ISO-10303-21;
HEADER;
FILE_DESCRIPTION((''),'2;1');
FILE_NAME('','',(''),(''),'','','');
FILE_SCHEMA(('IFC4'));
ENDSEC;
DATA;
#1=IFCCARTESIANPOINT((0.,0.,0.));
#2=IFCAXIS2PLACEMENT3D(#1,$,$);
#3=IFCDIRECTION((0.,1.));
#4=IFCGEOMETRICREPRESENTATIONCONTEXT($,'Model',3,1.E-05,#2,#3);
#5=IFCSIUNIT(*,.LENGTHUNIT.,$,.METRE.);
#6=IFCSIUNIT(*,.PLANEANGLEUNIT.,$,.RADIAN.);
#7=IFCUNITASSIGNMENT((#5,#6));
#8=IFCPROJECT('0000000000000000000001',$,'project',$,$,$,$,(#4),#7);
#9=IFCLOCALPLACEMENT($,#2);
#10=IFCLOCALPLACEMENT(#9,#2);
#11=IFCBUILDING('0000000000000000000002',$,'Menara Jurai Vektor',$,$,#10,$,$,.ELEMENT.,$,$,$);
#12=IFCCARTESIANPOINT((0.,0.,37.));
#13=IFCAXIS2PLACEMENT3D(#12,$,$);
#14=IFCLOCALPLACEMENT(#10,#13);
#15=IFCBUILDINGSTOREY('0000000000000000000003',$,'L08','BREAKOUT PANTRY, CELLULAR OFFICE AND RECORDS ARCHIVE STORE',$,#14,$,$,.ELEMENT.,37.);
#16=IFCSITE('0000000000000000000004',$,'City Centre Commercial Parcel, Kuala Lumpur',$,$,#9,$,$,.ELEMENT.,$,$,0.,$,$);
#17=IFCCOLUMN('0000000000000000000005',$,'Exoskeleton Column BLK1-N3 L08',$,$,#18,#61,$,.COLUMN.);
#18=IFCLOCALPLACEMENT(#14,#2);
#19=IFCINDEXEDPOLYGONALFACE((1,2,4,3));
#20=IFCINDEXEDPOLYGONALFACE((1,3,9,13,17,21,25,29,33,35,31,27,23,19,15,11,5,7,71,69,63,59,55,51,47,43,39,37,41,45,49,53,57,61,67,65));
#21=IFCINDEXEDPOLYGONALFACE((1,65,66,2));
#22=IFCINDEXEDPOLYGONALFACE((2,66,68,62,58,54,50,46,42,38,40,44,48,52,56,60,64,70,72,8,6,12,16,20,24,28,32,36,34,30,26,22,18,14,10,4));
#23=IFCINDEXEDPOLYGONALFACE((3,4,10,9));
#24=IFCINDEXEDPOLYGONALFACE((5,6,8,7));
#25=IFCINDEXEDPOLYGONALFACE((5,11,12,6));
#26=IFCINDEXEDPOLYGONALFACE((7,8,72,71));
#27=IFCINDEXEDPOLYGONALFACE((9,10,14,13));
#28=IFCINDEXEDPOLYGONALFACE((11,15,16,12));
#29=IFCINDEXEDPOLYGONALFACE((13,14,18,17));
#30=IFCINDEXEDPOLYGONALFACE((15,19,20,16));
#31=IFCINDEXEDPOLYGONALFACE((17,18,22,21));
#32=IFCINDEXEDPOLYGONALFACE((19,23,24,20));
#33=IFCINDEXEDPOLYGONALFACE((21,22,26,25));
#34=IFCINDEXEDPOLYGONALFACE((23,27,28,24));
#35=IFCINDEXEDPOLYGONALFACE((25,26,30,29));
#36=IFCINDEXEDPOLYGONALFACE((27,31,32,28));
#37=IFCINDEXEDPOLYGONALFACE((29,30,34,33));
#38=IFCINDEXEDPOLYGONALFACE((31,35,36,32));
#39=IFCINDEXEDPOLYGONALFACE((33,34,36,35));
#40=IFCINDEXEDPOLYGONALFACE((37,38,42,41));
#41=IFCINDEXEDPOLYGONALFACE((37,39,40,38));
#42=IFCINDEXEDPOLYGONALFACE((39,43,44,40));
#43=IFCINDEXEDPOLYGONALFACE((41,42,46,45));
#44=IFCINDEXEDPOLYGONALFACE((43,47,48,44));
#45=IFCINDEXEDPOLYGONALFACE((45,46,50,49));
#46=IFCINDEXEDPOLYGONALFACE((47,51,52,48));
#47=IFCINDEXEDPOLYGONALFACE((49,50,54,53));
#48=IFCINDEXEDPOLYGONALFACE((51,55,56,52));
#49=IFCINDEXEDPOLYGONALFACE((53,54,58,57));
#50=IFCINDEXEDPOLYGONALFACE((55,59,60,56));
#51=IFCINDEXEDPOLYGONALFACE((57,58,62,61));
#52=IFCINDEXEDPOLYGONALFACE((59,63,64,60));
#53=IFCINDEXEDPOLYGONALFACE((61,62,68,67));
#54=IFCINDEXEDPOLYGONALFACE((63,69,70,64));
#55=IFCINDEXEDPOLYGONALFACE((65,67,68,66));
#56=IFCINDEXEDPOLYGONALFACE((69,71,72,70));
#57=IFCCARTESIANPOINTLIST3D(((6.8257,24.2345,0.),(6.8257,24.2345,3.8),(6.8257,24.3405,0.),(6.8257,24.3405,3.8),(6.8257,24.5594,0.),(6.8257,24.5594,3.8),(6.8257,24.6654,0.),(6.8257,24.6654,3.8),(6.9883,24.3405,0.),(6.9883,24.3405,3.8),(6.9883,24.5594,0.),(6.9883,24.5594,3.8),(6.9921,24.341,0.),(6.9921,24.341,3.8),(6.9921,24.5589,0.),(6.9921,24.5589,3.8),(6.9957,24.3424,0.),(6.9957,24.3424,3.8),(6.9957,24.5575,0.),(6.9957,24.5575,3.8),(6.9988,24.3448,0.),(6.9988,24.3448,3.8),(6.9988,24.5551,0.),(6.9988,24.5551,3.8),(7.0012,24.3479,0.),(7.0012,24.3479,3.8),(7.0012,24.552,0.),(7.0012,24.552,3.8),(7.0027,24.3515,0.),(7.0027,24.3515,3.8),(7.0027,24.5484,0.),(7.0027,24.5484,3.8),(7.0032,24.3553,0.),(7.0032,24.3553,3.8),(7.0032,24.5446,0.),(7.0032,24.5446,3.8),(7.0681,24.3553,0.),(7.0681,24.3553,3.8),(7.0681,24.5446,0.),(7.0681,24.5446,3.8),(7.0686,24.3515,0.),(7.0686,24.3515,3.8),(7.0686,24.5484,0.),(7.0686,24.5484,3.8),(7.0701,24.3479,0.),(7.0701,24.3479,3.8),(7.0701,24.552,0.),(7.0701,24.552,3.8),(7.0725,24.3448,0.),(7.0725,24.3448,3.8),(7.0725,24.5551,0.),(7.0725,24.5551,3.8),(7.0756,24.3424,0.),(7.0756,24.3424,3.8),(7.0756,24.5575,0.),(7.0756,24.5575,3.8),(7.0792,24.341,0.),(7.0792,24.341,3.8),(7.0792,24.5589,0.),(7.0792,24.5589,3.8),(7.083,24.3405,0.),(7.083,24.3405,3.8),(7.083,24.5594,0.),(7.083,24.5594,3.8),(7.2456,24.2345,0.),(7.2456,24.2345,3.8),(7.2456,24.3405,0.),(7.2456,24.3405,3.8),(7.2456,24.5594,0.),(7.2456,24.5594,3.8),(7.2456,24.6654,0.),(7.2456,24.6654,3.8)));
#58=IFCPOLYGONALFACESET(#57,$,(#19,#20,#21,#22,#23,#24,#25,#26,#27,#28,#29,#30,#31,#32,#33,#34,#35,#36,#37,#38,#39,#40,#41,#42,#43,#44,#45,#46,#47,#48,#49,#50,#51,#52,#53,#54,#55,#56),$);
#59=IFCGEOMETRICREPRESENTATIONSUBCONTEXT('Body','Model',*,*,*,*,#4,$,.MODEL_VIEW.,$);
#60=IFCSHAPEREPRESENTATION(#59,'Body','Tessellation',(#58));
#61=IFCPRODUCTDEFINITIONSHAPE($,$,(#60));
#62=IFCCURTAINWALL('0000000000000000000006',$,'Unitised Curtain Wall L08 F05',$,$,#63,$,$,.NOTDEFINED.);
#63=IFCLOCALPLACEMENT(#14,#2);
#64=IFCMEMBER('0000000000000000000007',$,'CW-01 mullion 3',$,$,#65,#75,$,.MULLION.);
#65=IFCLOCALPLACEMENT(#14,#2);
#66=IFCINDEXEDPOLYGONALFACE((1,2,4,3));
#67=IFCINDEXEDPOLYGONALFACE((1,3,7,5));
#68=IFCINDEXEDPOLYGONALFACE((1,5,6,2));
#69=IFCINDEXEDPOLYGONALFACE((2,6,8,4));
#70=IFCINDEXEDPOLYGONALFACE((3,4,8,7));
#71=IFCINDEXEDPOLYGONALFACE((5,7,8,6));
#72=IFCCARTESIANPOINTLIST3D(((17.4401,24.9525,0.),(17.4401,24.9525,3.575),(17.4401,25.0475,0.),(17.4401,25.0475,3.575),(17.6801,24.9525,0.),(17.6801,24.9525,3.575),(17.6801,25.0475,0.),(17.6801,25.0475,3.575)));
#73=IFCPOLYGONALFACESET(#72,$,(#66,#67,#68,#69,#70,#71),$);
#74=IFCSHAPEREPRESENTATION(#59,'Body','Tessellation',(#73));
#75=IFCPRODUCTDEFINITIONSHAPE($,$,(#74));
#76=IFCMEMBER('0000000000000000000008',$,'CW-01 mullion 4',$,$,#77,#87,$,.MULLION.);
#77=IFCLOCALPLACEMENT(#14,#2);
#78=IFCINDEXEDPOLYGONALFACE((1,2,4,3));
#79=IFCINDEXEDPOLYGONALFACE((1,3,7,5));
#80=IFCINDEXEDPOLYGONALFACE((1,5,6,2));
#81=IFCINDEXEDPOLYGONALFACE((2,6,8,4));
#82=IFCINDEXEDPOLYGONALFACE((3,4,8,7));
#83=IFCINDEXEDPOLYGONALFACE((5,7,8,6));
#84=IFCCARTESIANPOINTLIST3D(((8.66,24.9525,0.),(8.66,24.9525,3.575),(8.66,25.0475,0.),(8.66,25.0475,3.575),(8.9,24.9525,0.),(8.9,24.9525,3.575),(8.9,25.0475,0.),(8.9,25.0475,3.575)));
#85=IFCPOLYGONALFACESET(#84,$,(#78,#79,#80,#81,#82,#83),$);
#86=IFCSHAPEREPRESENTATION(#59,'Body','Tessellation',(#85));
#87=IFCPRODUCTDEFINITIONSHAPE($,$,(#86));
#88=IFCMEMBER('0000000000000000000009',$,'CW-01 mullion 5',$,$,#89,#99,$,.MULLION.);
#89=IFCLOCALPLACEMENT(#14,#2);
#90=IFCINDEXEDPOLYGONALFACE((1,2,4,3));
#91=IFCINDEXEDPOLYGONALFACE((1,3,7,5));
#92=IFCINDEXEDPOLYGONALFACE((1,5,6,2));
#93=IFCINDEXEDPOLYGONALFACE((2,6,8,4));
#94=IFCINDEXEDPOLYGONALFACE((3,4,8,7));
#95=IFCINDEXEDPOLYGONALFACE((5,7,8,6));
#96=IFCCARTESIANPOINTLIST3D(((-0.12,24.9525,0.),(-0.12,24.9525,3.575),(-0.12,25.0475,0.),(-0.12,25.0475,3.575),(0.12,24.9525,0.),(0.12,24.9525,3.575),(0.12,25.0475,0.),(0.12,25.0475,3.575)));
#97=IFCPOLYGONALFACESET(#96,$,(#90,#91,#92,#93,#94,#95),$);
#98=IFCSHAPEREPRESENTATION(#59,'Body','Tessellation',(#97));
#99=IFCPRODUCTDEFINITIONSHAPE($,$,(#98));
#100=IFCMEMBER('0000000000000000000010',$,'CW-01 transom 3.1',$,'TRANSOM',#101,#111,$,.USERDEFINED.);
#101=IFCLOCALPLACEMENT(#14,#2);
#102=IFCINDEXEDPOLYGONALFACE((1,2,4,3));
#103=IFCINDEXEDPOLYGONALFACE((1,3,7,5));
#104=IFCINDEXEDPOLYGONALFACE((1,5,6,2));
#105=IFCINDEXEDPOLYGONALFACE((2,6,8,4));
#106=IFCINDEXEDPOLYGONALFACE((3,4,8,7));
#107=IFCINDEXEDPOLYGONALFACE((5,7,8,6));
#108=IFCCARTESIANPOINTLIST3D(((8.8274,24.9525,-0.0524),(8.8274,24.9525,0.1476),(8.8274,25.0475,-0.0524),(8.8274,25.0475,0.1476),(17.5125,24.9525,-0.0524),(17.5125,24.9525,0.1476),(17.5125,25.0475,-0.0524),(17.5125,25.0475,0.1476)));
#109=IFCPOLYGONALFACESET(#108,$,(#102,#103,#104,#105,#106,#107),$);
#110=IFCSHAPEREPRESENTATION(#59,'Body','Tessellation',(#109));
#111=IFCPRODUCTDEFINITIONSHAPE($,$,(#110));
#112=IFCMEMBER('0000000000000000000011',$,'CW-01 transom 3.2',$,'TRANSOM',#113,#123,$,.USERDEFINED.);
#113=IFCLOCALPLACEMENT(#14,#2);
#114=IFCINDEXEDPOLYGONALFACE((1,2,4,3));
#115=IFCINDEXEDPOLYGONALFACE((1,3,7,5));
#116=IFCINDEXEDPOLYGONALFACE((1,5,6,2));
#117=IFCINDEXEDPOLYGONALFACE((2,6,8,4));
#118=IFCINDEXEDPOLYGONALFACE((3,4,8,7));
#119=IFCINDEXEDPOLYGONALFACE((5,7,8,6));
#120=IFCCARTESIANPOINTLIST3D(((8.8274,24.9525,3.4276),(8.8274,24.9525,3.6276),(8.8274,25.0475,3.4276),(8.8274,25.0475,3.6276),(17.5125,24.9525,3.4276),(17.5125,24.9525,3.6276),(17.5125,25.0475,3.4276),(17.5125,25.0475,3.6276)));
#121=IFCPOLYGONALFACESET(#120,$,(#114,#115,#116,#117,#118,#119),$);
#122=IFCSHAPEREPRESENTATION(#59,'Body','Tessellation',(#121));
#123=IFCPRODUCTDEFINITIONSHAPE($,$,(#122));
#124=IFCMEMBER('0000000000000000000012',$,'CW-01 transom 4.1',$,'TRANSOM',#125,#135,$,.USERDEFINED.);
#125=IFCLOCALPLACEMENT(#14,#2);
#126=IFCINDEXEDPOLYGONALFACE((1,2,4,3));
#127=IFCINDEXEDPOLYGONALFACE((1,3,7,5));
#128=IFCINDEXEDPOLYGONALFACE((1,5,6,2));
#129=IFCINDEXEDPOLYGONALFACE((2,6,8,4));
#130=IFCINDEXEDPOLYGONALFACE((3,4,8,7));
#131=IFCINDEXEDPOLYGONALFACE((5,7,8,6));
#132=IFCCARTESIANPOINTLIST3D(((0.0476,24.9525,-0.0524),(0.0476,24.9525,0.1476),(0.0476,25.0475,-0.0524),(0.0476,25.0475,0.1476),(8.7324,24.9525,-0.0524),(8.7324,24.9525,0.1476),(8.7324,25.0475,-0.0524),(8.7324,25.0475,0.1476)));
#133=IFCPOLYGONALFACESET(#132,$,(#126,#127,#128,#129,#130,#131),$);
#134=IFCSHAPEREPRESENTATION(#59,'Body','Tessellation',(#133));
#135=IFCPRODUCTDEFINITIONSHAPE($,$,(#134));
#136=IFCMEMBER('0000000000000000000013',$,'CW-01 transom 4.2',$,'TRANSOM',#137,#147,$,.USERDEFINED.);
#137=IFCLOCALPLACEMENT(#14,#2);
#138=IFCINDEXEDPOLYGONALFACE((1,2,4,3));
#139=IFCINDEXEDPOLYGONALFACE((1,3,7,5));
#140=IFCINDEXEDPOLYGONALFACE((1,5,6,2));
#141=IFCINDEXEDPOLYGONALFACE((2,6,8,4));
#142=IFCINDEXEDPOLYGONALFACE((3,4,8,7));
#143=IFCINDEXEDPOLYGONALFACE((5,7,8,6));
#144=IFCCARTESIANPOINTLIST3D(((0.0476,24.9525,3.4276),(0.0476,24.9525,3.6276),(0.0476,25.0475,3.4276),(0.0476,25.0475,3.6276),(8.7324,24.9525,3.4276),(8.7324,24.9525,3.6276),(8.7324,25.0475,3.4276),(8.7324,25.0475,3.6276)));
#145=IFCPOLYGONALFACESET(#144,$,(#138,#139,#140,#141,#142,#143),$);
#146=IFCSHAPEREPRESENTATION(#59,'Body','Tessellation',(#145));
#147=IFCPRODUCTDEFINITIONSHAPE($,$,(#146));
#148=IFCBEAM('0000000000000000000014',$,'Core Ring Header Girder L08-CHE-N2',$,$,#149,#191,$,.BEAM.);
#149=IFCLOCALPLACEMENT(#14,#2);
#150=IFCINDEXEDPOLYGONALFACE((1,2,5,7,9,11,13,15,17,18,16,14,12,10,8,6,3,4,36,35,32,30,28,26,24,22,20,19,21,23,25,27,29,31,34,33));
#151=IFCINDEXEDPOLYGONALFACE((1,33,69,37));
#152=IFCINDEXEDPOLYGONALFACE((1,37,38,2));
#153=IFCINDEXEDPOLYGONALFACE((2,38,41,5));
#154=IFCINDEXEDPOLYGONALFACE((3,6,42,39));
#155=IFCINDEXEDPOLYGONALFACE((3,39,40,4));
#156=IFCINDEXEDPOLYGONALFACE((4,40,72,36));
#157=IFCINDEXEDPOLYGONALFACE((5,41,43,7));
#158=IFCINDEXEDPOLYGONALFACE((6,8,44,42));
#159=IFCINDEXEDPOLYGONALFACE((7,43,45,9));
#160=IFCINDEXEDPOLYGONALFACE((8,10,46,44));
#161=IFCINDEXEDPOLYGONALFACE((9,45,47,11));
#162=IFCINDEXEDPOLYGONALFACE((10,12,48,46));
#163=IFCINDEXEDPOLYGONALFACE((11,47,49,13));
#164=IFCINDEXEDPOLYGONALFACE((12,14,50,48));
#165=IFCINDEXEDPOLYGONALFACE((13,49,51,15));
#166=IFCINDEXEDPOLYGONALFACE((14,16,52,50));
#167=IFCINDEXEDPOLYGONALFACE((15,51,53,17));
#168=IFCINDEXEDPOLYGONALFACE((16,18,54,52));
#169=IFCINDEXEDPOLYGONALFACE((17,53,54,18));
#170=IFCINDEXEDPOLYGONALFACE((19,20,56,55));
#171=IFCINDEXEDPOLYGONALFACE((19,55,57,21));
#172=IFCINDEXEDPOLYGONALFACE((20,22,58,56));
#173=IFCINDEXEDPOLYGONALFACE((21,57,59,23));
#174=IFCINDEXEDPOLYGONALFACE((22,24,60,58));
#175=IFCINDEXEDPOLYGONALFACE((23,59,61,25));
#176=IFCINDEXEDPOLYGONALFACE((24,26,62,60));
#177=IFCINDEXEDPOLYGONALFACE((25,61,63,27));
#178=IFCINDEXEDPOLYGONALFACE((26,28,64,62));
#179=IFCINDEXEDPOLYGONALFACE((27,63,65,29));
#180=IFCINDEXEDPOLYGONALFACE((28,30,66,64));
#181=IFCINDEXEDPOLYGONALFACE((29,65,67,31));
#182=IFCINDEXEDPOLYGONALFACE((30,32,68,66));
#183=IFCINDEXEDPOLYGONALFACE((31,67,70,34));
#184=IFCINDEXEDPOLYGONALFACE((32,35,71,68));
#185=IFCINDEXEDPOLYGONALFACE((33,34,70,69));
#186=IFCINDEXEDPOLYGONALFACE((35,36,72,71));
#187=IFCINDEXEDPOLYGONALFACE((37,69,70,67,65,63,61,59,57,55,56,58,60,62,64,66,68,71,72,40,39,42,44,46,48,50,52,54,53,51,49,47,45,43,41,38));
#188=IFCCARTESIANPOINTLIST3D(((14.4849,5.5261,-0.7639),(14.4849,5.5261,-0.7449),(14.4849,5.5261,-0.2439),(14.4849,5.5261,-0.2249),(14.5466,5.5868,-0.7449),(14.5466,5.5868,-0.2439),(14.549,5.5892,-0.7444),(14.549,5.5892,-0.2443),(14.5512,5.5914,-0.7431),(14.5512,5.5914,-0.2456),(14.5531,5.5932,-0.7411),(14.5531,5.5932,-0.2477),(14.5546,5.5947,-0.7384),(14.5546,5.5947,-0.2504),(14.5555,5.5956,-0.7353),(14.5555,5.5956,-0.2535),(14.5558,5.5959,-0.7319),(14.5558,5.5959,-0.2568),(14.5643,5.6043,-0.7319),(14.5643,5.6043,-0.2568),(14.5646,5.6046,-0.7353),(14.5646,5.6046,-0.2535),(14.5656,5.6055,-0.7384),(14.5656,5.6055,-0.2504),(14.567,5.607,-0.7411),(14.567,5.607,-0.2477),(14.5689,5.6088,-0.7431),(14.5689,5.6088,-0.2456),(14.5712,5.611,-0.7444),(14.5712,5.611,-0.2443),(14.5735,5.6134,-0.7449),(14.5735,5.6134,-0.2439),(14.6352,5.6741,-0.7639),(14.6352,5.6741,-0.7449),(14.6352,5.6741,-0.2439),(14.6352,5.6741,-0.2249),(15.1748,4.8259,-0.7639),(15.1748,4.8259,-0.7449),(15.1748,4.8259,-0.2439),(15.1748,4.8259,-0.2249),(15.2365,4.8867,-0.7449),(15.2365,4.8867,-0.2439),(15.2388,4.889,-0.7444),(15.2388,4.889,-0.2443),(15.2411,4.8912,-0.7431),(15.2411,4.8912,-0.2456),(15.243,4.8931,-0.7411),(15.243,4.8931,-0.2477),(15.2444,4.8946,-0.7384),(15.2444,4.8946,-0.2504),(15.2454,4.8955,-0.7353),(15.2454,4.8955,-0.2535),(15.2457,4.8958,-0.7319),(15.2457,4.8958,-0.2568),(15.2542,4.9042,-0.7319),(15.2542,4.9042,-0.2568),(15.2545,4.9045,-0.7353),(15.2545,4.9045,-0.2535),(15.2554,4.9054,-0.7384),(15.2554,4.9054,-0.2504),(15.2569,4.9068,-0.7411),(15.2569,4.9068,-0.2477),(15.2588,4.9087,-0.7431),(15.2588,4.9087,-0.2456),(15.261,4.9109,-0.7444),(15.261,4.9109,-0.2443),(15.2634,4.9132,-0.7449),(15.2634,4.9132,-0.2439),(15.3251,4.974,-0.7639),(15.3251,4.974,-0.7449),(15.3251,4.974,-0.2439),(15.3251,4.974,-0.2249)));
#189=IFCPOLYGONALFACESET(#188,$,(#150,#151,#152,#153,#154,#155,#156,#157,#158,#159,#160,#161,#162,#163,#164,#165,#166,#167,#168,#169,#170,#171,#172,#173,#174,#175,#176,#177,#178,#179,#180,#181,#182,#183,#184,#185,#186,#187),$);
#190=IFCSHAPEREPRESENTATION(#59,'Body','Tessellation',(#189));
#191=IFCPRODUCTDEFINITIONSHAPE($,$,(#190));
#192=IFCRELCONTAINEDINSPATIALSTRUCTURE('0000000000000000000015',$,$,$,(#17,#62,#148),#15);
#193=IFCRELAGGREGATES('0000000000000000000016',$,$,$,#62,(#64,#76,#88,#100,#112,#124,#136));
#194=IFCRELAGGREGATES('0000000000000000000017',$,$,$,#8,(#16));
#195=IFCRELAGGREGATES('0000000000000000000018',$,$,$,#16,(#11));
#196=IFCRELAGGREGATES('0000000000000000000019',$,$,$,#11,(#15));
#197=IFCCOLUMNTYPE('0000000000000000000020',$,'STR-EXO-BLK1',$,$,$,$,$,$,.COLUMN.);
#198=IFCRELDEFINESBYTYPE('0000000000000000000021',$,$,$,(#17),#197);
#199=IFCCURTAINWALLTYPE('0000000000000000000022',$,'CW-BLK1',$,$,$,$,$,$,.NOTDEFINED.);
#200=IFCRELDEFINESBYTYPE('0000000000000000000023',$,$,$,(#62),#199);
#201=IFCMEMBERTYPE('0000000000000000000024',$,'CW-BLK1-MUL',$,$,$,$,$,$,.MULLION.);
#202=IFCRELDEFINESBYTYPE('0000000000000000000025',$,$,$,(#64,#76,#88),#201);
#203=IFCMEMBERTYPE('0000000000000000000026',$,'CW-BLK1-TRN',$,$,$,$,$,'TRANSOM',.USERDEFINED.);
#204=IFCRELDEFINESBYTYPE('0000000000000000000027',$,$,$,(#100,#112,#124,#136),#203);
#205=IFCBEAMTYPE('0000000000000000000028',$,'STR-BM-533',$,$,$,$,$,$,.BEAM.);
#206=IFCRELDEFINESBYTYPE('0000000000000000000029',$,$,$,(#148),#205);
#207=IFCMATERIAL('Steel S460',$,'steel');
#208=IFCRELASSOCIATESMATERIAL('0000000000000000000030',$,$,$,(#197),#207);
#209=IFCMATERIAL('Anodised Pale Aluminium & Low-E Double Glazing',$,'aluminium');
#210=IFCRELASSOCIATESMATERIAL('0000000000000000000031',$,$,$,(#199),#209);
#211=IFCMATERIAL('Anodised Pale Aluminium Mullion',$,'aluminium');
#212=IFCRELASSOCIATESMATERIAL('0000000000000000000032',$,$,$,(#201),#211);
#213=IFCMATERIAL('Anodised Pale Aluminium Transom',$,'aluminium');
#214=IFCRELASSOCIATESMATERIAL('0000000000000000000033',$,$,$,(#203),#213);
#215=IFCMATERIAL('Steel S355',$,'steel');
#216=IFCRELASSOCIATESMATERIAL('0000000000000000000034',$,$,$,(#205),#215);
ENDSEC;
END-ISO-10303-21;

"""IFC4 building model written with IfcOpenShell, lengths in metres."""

from ifc_helpers import new_model, si_unit, direction, frame, origin, origin_2d, place, context, subcontext, project, spatial, rectangle, i_section, extrude, material, material_profile, profile_set, type_object, element, aggregate, save


model = new_model("IFC4")

# Units and contexts
model_context = context("Model", 3, precision=1e-05, world=origin(), true_north=direction((0.0, 1.0)))
body_context = subcontext(model_context, "Body", "Model", "MODEL_VIEW")
ifc_project = project(units=[si_unit("LENGTHUNIT", "METRE"), si_unit("PLANEANGLEUNIT", "RADIAN")], contexts=[model_context])

# Site, building, storey
site_placement = place(None, origin())
site = spatial("IfcSite", under=ifc_project, at=site_placement, Name="City Centre Commercial Parcel, Kuala Lumpur", CompositionType="ELEMENT", RefElevation=0.0)
building_placement = place(site_placement, origin())
building = spatial("IfcBuilding", under=site, at=building_placement, Name="Menara Jurai Vektor", CompositionType="ELEMENT")
storey_placement = place(building_placement, frame((0.0, 0.0, 37.0)))
storey = spatial("IfcBuildingStorey", under=building, at=storey_placement, Name="L08", Description="BREAKOUT PANTRY, CELLULAR OFFICE AND RECORDS ARCHIVE STORE", CompositionType="ELEMENT", Elevation=37.0)

# Column
ifc_material_1 = material(Name="Steel S460", Category="steel")
ifc_material_profile_1 = material_profile(ifc_material_1, i_section(OverallWidth=0.4199, OverallDepth=0.4309, WebThickness=0.0649, FlangeThickness=0.106, FilletRadius=0.0149, at=origin_2d()), Name="HD 400x900")
ifc_profile_set_1 = profile_set([ifc_material_profile_1], Name="Steel S460")
column_type = type_object("IfcColumnType", Name="STR-EXO-BLK1", PredefinedType="COLUMN", material=ifc_profile_set_1)
column_placement = place(storey_placement, frame((7.0356, 24.45, 0.0), z_axis=(0.0, 0.0, 1.0), x_axis=(1.0, 0.0, 0.0)))
element("IfcColumn", 1, at=column_placement, inside=storey, type_object=column_type, Name="Exoskeleton Column BLK1-N3 L08", PredefinedType="COLUMN", context=body_context, shape_type="SweptSolid", body=[
    extrude(i_section(OverallWidth=0.4199, OverallDepth=0.4309, WebThickness=0.0649, FlangeThickness=0.106, FilletRadius=0.0149, at=origin_2d()), origin(), (0.0, 0.0, 1.0), 3.8),
])

# Curtain wall, members
ifc_material_2 = material(Name="Anodised Pale Aluminium & Low-E Double Glazing", Category="aluminium")
curtain_wall_type = type_object("IfcCurtainWallType", Name="CW-BLK1", PredefinedType="NOTDEFINED", material=ifc_material_2)
curtain_wall_placement = place(storey_placement, origin())
curtain_wall = element("IfcCurtainWall", 2, at=curtain_wall_placement, inside=storey, type_object=curtain_wall_type, Name="Unitised Curtain Wall L08 F05", PredefinedType="NOTDEFINED")
ifc_material_3 = material(Name="Anodised Pale Aluminium Mullion", Category="aluminium")
ifc_material_profile_2 = material_profile(ifc_material_3, rectangle(XDim=0.095, YDim=0.24, at=origin_2d()), Name="ALU MUL 95x240")
ifc_profile_set_2 = profile_set([ifc_material_profile_2], Name="Anodised Pale Aluminium Mullion")
member_type_1 = type_object("IfcMemberType", Name="CW-BLK1-MUL", PredefinedType="MULLION", material=ifc_profile_set_2)
member_1_placement = place(storey_placement, frame((17.5601, 25.0, 0.0), z_axis=(0.0, 0.0, 1.0), x_axis=(0.0, -1.0, 0.0)))
member_1 = element("IfcMember", 3, at=member_1_placement, type_object=member_type_1, Name="CW-01 mullion 3", PredefinedType="MULLION", context=body_context, shape_type="SweptSolid", body=[
    extrude(rectangle(XDim=0.095, YDim=0.24, at=origin_2d()), origin(), (0.0, 0.0, 1.0), 3.575),
])
member_2_placement = place(storey_placement, frame((8.78, 25.0, 0.0), z_axis=(0.0, 0.0, 1.0), x_axis=(0.0, -1.0, 0.0)))
member_2 = element("IfcMember", 4, at=member_2_placement, type_object=member_type_1, Name="CW-01 mullion 4", PredefinedType="MULLION", context=body_context, shape_type="SweptSolid", body=[
    extrude(rectangle(XDim=0.095, YDim=0.24, at=origin_2d()), origin(), (0.0, 0.0, 1.0), 3.575),
])
member_3_placement = place(storey_placement, frame((0.0, 25.0, 0.0), z_axis=(0.0, 0.0, 1.0), x_axis=(0.0, -1.0, 0.0)))
member_3 = element("IfcMember", 5, at=member_3_placement, type_object=member_type_1, Name="CW-01 mullion 5", PredefinedType="MULLION", context=body_context, shape_type="SweptSolid", body=[
    extrude(rectangle(XDim=0.095, YDim=0.24, at=origin_2d()), origin(), (0.0, 0.0, 1.0), 3.575),
])
ifc_material_4 = material(Name="Anodised Pale Aluminium Transom", Category="aluminium")
ifc_material_profile_3 = material_profile(ifc_material_4, rectangle(XDim=0.095, YDim=0.2, at=origin_2d()), Name="ALU TRN 95x200")
ifc_profile_set_3 = profile_set([ifc_material_profile_3], Name="Anodised Pale Aluminium Transom")
member_type_2 = type_object("IfcMemberType", Name="CW-BLK1-TRN", ElementType="TRANSOM", PredefinedType="USERDEFINED", material=ifc_profile_set_3)
member_4_placement = place(storey_placement, frame((17.5125, 25.0, 0.0476), z_axis=(-1.0, 0.0, 0.0), x_axis=(0.0, -1.0, 0.0)))
member_4 = element("IfcMember", 6, at=member_4_placement, type_object=member_type_2, Name="CW-01 transom 3.1", ObjectType="TRANSOM", PredefinedType="USERDEFINED", context=body_context, shape_type="SweptSolid", body=[
    extrude(rectangle(XDim=0.095, YDim=0.2, at=origin_2d()), origin(), (0.0, 0.0, 1.0), 8.6851),
])
member_5_placement = place(storey_placement, frame((17.5125, 25.0, 3.5276), z_axis=(-1.0, 0.0, 0.0), x_axis=(0.0, -1.0, 0.0)))
member_5 = element("IfcMember", 7, at=member_5_placement, type_object=member_type_2, Name="CW-01 transom 3.2", ObjectType="TRANSOM", PredefinedType="USERDEFINED", context=body_context, shape_type="SweptSolid", body=[
    extrude(rectangle(XDim=0.095, YDim=0.2, at=origin_2d()), origin(), (0.0, 0.0, 1.0), 8.6851),
])
member_6_placement = place(storey_placement, frame((8.7324, 25.0, 0.0476), z_axis=(-1.0, 0.0, 0.0), x_axis=(0.0, -1.0, 0.0)))
member_6 = element("IfcMember", 8, at=member_6_placement, type_object=member_type_2, Name="CW-01 transom 4.1", ObjectType="TRANSOM", PredefinedType="USERDEFINED", context=body_context, shape_type="SweptSolid", body=[
    extrude(rectangle(XDim=0.095, YDim=0.2, at=origin_2d()), origin(), (0.0, 0.0, 1.0), 8.6848),
])
member_7_placement = place(storey_placement, frame((8.7324, 25.0, 3.5276), z_axis=(-1.0, 0.0, 0.0), x_axis=(0.0, -1.0, 0.0)))
member_7 = element("IfcMember", 9, at=member_7_placement, type_object=member_type_2, Name="CW-01 transom 4.2", ObjectType="TRANSOM", PredefinedType="USERDEFINED", context=body_context, shape_type="SweptSolid", body=[
    extrude(rectangle(XDim=0.095, YDim=0.2, at=origin_2d()), origin(), (0.0, 0.0, 1.0), 8.6848),
])

# Beam
ifc_material_5 = material(Name="Steel S355", Category="steel")
ifc_material_profile_4 = material_profile(ifc_material_5, i_section(OverallWidth=0.2109, OverallDepth=0.5391, WebThickness=0.012, FlangeThickness=0.019, FilletRadius=0.0129, at=origin_2d()), Name="UKB 533x210x109")
ifc_profile_set_4 = profile_set([ifc_material_profile_4], Name="Steel S355")
beam_type_1 = type_object("IfcBeamType", Name="STR-BM-533", PredefinedType="BEAM", material=ifc_profile_set_4)
beam_1_placement = place(storey_placement, frame((14.5601, 5.6001, -0.4944), z_axis=(0.701872, -0.712303, 0.0), x_axis=(0.712303, 0.701872, 0.0)))
element("IfcBeam", 10, at=beam_1_placement, inside=storey, type_object=beam_type_1, Name="Core Ring Header Girder L08-CHE-N2", PredefinedType="BEAM", context=body_context, shape_type="SweptSolid", body=[
    extrude(i_section(OverallWidth=0.2109, OverallDepth=0.5391, WebThickness=0.012, FlangeThickness=0.019, FilletRadius=0.0129, at=origin_2d()), origin(), (0.0, 0.0, 1.0), 0.9829),
])

aggregate(curtain_wall, [member_1, member_2, member_3, member_4, member_5, member_6, member_7])

save(model, "model.ifc")
